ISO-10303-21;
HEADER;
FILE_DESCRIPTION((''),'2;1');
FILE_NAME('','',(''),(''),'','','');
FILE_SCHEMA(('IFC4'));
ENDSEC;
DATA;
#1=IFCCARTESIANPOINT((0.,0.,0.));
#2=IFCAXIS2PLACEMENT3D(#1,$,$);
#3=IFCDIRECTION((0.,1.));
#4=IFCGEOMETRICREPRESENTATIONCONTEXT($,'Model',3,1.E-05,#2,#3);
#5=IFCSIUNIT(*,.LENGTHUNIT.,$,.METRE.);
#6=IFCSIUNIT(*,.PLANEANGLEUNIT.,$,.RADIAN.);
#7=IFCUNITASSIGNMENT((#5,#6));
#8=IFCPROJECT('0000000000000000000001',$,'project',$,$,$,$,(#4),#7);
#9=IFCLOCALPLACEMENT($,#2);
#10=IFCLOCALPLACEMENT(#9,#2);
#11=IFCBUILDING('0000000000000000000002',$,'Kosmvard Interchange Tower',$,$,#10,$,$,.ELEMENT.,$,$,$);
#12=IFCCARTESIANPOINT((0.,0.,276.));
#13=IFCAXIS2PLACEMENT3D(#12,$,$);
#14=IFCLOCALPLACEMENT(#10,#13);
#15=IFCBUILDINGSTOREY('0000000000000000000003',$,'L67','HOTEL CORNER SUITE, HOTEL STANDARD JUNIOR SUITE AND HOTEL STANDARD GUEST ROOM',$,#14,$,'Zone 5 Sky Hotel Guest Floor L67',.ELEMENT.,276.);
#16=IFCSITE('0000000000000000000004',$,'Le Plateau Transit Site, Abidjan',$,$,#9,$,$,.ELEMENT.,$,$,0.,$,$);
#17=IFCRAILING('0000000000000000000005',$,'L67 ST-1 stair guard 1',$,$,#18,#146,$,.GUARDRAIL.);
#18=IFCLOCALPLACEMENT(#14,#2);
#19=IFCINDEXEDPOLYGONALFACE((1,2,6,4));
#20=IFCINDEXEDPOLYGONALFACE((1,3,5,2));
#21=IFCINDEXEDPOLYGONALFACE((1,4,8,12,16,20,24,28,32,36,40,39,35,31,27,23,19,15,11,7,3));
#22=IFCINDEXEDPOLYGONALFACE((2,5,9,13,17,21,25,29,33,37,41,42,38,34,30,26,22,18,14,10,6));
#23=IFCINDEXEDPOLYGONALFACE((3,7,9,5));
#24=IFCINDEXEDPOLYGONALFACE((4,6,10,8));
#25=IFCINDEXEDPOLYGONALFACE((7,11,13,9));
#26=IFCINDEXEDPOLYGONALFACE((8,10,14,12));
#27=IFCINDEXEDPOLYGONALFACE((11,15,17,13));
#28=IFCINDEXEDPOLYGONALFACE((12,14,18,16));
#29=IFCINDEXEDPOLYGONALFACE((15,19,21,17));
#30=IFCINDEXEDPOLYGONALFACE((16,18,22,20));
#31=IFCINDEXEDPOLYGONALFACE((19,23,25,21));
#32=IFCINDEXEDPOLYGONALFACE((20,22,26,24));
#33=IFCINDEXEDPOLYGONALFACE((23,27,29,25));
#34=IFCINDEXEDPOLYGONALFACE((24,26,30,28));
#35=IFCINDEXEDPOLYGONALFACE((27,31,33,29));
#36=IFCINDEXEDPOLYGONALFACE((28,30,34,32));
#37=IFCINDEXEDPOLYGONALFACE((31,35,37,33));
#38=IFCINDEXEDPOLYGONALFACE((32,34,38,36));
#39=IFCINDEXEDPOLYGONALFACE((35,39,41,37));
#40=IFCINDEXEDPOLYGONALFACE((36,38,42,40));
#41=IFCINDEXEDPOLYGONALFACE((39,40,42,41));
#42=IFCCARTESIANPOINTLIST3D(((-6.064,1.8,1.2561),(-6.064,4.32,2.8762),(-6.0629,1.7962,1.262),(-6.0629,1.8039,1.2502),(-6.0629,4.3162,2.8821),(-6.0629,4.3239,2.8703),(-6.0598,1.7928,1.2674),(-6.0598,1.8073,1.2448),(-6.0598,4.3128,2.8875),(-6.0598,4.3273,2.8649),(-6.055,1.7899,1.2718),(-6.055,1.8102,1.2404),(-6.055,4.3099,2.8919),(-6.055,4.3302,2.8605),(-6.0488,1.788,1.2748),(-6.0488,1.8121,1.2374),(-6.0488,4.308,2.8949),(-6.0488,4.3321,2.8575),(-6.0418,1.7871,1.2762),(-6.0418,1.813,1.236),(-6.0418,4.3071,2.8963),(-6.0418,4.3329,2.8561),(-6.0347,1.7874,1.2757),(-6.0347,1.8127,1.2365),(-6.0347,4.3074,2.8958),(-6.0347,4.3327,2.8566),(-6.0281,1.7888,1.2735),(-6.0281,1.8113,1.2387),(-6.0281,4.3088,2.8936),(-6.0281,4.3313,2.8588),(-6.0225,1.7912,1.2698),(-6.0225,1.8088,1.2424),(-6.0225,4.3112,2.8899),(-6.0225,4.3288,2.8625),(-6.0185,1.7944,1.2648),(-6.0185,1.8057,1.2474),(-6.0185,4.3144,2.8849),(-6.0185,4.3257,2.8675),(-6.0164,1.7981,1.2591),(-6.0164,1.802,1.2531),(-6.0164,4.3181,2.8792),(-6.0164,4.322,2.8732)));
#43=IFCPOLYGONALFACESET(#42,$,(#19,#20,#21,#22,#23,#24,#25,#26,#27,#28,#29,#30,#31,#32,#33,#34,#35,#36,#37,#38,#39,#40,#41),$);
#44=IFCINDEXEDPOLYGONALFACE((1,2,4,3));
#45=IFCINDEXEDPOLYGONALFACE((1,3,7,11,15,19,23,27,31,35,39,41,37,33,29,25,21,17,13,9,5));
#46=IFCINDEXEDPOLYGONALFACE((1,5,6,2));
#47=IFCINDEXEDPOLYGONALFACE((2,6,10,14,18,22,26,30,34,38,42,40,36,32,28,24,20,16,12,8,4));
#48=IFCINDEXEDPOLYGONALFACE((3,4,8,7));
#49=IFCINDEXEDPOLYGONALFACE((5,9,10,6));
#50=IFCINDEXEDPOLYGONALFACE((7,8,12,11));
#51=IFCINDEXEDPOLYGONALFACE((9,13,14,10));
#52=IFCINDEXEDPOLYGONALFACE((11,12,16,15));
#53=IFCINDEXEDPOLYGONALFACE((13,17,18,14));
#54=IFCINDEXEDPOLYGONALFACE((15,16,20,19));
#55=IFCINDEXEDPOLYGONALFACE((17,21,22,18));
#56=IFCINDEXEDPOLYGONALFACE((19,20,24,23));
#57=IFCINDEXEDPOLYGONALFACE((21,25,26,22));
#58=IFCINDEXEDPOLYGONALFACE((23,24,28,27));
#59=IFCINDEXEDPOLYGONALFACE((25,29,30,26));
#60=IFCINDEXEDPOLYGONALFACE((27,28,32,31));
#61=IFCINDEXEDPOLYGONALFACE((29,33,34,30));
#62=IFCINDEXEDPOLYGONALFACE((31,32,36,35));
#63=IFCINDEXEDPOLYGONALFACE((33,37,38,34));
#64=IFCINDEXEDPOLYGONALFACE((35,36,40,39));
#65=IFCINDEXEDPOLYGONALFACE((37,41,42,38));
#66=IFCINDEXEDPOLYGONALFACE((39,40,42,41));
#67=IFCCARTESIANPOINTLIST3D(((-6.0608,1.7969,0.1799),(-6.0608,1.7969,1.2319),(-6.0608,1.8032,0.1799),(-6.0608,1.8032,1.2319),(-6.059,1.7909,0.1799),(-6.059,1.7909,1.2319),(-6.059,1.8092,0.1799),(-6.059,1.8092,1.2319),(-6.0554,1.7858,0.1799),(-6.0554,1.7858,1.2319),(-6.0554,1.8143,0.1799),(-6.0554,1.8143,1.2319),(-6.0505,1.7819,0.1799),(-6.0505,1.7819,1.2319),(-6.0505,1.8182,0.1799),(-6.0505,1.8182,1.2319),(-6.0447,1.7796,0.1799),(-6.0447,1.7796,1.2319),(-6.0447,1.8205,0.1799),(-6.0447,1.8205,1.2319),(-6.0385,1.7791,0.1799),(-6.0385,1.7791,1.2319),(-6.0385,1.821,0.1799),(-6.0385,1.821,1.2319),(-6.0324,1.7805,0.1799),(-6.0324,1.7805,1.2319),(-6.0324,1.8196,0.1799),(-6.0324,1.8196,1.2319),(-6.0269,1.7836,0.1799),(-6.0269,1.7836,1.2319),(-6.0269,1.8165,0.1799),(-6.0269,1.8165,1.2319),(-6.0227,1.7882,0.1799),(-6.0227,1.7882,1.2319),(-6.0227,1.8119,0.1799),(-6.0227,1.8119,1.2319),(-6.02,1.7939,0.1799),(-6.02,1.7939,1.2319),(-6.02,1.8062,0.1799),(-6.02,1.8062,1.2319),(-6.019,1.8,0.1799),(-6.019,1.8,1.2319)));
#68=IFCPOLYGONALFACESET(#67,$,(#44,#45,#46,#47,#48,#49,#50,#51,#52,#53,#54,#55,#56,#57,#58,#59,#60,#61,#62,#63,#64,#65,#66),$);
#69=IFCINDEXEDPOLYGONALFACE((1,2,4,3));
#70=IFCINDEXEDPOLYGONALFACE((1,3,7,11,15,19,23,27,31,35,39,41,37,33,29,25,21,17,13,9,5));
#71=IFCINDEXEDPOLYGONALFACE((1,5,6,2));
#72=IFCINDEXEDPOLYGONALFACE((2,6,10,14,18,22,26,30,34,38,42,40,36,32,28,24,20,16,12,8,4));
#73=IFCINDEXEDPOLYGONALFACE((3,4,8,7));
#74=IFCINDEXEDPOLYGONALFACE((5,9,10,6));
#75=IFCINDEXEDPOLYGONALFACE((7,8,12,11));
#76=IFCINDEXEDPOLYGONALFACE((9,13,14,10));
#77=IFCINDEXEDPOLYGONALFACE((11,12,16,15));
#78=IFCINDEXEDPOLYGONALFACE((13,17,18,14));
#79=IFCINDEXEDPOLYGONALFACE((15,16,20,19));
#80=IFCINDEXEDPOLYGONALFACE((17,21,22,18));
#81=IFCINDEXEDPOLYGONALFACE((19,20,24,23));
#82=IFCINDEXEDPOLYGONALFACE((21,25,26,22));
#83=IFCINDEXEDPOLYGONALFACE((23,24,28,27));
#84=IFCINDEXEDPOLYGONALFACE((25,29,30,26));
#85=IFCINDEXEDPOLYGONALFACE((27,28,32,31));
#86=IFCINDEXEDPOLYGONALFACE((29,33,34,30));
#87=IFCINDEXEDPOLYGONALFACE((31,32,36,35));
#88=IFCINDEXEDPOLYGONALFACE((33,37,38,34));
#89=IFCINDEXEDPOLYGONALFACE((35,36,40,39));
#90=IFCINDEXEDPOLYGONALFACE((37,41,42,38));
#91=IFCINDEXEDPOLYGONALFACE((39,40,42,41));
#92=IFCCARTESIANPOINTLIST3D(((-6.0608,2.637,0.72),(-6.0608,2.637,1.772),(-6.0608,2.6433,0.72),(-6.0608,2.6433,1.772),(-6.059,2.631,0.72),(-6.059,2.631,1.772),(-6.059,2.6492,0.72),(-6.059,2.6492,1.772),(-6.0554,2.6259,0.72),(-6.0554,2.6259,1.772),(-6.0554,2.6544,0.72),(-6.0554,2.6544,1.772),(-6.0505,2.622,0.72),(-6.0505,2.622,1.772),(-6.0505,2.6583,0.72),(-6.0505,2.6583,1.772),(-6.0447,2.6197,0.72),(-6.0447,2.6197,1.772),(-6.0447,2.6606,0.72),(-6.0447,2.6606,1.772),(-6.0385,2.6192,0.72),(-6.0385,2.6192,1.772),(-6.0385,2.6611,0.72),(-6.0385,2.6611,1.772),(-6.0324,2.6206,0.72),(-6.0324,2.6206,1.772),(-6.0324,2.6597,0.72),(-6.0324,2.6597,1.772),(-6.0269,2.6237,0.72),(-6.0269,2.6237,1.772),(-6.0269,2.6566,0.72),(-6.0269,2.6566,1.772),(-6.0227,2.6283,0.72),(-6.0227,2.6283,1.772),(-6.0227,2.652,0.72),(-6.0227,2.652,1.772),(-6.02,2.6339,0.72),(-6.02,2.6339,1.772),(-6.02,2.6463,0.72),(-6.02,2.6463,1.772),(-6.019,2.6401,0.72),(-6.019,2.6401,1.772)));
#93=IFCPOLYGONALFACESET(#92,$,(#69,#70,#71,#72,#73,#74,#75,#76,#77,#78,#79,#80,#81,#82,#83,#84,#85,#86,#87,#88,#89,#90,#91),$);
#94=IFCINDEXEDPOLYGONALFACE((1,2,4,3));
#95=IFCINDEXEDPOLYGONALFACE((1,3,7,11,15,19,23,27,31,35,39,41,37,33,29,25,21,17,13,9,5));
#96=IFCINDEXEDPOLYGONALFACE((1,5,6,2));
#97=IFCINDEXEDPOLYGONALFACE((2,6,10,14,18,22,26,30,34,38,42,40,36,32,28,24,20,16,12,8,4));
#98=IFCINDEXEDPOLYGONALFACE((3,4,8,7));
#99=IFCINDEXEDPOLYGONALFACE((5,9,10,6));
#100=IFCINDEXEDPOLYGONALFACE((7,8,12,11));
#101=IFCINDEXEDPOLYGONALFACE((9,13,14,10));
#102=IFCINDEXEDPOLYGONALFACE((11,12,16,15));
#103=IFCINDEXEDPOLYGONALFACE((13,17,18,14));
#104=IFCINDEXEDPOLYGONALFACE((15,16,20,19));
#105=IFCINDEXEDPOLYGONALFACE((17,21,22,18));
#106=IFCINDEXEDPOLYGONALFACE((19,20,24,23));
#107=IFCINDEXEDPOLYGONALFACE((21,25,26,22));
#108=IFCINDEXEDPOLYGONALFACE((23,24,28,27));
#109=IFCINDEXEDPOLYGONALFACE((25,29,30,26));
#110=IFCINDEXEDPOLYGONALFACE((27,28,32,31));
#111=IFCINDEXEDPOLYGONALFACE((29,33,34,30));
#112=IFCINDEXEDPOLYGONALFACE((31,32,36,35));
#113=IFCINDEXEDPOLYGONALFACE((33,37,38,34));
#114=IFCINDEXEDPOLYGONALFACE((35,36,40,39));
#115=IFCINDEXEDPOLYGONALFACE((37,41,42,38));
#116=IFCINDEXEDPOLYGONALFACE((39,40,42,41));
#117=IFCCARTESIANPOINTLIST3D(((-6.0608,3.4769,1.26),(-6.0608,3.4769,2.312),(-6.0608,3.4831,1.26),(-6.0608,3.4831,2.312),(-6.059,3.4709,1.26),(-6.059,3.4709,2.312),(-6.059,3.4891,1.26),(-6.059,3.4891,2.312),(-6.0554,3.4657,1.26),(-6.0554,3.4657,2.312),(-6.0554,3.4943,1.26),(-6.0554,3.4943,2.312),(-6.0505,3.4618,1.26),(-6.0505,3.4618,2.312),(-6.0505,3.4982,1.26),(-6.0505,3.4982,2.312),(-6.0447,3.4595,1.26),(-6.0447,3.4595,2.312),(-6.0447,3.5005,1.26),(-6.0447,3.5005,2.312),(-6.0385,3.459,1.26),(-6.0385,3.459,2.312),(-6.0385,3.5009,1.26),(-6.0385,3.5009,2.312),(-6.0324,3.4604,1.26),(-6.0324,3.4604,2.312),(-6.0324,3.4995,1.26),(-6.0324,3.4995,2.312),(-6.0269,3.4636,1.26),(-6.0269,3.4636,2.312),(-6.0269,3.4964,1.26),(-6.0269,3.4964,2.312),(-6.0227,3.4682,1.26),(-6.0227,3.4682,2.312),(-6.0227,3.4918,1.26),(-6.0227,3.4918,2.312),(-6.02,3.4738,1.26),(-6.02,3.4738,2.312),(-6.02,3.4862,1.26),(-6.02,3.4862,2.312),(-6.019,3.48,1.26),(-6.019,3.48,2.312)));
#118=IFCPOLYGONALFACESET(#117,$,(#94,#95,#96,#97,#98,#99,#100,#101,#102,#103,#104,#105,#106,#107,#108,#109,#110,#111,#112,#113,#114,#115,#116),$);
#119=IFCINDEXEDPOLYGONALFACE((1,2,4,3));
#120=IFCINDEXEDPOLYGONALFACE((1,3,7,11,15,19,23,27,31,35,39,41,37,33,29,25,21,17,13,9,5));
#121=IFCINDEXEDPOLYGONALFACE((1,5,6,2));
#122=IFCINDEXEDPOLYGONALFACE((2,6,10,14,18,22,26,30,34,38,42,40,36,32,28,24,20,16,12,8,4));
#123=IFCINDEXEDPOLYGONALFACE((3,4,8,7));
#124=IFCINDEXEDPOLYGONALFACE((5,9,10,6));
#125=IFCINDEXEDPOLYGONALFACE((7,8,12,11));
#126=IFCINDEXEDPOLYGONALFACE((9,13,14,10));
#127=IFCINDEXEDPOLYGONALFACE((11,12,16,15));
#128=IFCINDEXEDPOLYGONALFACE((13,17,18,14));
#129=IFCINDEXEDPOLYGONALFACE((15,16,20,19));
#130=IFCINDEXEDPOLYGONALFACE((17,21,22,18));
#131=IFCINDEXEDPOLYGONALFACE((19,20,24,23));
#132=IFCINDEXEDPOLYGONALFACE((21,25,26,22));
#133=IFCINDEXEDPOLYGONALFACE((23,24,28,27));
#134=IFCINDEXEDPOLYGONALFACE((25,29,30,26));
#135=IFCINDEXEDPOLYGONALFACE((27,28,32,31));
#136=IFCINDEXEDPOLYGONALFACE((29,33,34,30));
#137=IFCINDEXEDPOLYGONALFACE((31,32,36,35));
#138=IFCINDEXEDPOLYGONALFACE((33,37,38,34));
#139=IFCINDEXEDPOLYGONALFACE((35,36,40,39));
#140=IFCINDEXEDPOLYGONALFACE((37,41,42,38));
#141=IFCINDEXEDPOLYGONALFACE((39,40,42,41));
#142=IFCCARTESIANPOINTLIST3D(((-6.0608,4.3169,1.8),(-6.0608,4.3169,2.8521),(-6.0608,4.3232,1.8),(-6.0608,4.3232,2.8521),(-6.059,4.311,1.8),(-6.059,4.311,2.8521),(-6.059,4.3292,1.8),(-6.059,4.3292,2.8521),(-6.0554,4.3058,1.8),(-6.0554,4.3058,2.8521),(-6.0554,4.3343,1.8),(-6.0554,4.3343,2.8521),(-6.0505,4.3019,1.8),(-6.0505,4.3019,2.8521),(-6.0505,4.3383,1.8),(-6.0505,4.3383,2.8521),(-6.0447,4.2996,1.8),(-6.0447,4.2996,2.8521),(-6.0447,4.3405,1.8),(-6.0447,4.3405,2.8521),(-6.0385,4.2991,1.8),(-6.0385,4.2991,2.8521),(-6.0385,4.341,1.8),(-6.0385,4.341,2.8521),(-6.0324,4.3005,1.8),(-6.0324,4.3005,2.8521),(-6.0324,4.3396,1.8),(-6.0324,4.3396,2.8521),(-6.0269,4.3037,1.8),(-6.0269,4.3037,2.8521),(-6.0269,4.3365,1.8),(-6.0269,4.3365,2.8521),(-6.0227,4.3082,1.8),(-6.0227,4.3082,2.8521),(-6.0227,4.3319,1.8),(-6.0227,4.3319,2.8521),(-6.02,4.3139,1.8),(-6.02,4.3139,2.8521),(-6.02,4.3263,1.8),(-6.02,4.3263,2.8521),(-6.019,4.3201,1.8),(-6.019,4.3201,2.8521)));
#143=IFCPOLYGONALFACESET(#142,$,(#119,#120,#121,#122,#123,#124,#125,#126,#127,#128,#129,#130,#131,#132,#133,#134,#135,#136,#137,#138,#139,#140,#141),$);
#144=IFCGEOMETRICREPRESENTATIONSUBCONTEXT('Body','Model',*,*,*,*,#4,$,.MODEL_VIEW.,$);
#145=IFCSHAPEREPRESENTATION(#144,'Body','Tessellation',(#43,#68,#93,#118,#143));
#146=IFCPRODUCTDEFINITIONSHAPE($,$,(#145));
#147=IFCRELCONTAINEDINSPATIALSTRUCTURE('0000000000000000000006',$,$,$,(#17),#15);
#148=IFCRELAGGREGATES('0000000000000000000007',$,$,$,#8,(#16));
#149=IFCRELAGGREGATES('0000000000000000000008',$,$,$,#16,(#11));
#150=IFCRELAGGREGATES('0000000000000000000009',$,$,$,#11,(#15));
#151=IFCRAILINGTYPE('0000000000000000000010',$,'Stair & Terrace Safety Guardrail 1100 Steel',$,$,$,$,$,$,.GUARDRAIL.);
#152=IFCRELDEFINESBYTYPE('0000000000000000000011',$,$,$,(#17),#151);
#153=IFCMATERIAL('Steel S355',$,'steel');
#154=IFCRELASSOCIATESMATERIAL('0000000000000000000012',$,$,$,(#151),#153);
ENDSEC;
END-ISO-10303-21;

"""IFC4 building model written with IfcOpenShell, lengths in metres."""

from ifc_helpers import new_model, si_unit, direction, frame, origin, origin_2d, place, context, subcontext, project, spatial, circle, extrude, source, transform, mapped, material, type_object, element, save


model = new_model("IFC4")

# Units and contexts
model_context = context("Model", 3, precision=1e-05, world=origin(), true_north=direction((0.0, 1.0)))
body_context = subcontext(model_context, "Body", "Model", "MODEL_VIEW")
ifc_project = project(units=[si_unit("LENGTHUNIT", "METRE"), si_unit("PLANEANGLEUNIT", "RADIAN")], contexts=[model_context])

# Site, building, storey
site_placement = place(None, origin())
site = spatial("IfcSite", under=ifc_project, at=site_placement, Name="Le Plateau Transit Site, Abidjan", CompositionType="ELEMENT", RefElevation=0.0)
building_placement = place(site_placement, origin())
building = spatial("IfcBuilding", under=site, at=building_placement, Name="Kosmvard Interchange Tower", CompositionType="ELEMENT")
storey_placement = place(building_placement, frame((0.0, 0.0, 276.0)))
storey = spatial("IfcBuildingStorey", under=building, at=storey_placement, Name="L67", Description="HOTEL CORNER SUITE, HOTEL STANDARD JUNIOR SUITE AND HOTEL STANDARD GUEST ROOM", LongName="Zone 5 Sky Hotel Guest Floor L67", CompositionType="ELEMENT", Elevation=276.0)

# Railing
ifc_material_1 = material(Name="Steel S355", Category="steel")
railing_type_1 = type_object("IfcRailingType", Name="Stair & Terrace Safety Guardrail 1100 Steel", PredefinedType="GUARDRAIL", material=ifc_material_1)
shared_shape_1 = source(origin(), body_context, "Body", "SweptSolid", [
    extrude(circle(Radius=0.0239, at=origin_2d()), frame((0.0, 0.0, 1.0762), z_axis=(0.0, 0.841163, 0.540782), x_axis=(-1.0, 0.0, 0.0)), (0.0, 0.0, 1.0), 2.9958),
    extrude(circle(Radius=0.021, at=origin_2d()), origin(), (0.0, 0.0, 1.0), 1.052),
    extrude(circle(Radius=0.021, at=origin_2d()), frame((0.0, 0.8401, 0.54)), (0.0, 0.0, 1.0), 1.052),
    extrude(circle(Radius=0.021, at=origin_2d()), frame((0.0, 1.6799, 1.0801)), (0.0, 0.0, 1.0), 1.052),
    extrude(circle(Radius=0.021, at=origin_2d()), frame((0.0, 2.52, 1.6201)), (0.0, 0.0, 1.0), 1.052),
])
railing_1_placement = place(storey_placement, frame((-6.04, 1.8, 0.1799)))
element("IfcRailing", 1, at=railing_1_placement, inside=storey, type_object=railing_type_1, Name="L67 ST-1 stair guard 1", PredefinedType="GUARDRAIL", context=body_context, shape_type="MappedRepresentation", body=[
    mapped(shared_shape_1, transform((0.0, 0.0, 0.0), scale=1.0)),
])

save(model, "model.ifc")
